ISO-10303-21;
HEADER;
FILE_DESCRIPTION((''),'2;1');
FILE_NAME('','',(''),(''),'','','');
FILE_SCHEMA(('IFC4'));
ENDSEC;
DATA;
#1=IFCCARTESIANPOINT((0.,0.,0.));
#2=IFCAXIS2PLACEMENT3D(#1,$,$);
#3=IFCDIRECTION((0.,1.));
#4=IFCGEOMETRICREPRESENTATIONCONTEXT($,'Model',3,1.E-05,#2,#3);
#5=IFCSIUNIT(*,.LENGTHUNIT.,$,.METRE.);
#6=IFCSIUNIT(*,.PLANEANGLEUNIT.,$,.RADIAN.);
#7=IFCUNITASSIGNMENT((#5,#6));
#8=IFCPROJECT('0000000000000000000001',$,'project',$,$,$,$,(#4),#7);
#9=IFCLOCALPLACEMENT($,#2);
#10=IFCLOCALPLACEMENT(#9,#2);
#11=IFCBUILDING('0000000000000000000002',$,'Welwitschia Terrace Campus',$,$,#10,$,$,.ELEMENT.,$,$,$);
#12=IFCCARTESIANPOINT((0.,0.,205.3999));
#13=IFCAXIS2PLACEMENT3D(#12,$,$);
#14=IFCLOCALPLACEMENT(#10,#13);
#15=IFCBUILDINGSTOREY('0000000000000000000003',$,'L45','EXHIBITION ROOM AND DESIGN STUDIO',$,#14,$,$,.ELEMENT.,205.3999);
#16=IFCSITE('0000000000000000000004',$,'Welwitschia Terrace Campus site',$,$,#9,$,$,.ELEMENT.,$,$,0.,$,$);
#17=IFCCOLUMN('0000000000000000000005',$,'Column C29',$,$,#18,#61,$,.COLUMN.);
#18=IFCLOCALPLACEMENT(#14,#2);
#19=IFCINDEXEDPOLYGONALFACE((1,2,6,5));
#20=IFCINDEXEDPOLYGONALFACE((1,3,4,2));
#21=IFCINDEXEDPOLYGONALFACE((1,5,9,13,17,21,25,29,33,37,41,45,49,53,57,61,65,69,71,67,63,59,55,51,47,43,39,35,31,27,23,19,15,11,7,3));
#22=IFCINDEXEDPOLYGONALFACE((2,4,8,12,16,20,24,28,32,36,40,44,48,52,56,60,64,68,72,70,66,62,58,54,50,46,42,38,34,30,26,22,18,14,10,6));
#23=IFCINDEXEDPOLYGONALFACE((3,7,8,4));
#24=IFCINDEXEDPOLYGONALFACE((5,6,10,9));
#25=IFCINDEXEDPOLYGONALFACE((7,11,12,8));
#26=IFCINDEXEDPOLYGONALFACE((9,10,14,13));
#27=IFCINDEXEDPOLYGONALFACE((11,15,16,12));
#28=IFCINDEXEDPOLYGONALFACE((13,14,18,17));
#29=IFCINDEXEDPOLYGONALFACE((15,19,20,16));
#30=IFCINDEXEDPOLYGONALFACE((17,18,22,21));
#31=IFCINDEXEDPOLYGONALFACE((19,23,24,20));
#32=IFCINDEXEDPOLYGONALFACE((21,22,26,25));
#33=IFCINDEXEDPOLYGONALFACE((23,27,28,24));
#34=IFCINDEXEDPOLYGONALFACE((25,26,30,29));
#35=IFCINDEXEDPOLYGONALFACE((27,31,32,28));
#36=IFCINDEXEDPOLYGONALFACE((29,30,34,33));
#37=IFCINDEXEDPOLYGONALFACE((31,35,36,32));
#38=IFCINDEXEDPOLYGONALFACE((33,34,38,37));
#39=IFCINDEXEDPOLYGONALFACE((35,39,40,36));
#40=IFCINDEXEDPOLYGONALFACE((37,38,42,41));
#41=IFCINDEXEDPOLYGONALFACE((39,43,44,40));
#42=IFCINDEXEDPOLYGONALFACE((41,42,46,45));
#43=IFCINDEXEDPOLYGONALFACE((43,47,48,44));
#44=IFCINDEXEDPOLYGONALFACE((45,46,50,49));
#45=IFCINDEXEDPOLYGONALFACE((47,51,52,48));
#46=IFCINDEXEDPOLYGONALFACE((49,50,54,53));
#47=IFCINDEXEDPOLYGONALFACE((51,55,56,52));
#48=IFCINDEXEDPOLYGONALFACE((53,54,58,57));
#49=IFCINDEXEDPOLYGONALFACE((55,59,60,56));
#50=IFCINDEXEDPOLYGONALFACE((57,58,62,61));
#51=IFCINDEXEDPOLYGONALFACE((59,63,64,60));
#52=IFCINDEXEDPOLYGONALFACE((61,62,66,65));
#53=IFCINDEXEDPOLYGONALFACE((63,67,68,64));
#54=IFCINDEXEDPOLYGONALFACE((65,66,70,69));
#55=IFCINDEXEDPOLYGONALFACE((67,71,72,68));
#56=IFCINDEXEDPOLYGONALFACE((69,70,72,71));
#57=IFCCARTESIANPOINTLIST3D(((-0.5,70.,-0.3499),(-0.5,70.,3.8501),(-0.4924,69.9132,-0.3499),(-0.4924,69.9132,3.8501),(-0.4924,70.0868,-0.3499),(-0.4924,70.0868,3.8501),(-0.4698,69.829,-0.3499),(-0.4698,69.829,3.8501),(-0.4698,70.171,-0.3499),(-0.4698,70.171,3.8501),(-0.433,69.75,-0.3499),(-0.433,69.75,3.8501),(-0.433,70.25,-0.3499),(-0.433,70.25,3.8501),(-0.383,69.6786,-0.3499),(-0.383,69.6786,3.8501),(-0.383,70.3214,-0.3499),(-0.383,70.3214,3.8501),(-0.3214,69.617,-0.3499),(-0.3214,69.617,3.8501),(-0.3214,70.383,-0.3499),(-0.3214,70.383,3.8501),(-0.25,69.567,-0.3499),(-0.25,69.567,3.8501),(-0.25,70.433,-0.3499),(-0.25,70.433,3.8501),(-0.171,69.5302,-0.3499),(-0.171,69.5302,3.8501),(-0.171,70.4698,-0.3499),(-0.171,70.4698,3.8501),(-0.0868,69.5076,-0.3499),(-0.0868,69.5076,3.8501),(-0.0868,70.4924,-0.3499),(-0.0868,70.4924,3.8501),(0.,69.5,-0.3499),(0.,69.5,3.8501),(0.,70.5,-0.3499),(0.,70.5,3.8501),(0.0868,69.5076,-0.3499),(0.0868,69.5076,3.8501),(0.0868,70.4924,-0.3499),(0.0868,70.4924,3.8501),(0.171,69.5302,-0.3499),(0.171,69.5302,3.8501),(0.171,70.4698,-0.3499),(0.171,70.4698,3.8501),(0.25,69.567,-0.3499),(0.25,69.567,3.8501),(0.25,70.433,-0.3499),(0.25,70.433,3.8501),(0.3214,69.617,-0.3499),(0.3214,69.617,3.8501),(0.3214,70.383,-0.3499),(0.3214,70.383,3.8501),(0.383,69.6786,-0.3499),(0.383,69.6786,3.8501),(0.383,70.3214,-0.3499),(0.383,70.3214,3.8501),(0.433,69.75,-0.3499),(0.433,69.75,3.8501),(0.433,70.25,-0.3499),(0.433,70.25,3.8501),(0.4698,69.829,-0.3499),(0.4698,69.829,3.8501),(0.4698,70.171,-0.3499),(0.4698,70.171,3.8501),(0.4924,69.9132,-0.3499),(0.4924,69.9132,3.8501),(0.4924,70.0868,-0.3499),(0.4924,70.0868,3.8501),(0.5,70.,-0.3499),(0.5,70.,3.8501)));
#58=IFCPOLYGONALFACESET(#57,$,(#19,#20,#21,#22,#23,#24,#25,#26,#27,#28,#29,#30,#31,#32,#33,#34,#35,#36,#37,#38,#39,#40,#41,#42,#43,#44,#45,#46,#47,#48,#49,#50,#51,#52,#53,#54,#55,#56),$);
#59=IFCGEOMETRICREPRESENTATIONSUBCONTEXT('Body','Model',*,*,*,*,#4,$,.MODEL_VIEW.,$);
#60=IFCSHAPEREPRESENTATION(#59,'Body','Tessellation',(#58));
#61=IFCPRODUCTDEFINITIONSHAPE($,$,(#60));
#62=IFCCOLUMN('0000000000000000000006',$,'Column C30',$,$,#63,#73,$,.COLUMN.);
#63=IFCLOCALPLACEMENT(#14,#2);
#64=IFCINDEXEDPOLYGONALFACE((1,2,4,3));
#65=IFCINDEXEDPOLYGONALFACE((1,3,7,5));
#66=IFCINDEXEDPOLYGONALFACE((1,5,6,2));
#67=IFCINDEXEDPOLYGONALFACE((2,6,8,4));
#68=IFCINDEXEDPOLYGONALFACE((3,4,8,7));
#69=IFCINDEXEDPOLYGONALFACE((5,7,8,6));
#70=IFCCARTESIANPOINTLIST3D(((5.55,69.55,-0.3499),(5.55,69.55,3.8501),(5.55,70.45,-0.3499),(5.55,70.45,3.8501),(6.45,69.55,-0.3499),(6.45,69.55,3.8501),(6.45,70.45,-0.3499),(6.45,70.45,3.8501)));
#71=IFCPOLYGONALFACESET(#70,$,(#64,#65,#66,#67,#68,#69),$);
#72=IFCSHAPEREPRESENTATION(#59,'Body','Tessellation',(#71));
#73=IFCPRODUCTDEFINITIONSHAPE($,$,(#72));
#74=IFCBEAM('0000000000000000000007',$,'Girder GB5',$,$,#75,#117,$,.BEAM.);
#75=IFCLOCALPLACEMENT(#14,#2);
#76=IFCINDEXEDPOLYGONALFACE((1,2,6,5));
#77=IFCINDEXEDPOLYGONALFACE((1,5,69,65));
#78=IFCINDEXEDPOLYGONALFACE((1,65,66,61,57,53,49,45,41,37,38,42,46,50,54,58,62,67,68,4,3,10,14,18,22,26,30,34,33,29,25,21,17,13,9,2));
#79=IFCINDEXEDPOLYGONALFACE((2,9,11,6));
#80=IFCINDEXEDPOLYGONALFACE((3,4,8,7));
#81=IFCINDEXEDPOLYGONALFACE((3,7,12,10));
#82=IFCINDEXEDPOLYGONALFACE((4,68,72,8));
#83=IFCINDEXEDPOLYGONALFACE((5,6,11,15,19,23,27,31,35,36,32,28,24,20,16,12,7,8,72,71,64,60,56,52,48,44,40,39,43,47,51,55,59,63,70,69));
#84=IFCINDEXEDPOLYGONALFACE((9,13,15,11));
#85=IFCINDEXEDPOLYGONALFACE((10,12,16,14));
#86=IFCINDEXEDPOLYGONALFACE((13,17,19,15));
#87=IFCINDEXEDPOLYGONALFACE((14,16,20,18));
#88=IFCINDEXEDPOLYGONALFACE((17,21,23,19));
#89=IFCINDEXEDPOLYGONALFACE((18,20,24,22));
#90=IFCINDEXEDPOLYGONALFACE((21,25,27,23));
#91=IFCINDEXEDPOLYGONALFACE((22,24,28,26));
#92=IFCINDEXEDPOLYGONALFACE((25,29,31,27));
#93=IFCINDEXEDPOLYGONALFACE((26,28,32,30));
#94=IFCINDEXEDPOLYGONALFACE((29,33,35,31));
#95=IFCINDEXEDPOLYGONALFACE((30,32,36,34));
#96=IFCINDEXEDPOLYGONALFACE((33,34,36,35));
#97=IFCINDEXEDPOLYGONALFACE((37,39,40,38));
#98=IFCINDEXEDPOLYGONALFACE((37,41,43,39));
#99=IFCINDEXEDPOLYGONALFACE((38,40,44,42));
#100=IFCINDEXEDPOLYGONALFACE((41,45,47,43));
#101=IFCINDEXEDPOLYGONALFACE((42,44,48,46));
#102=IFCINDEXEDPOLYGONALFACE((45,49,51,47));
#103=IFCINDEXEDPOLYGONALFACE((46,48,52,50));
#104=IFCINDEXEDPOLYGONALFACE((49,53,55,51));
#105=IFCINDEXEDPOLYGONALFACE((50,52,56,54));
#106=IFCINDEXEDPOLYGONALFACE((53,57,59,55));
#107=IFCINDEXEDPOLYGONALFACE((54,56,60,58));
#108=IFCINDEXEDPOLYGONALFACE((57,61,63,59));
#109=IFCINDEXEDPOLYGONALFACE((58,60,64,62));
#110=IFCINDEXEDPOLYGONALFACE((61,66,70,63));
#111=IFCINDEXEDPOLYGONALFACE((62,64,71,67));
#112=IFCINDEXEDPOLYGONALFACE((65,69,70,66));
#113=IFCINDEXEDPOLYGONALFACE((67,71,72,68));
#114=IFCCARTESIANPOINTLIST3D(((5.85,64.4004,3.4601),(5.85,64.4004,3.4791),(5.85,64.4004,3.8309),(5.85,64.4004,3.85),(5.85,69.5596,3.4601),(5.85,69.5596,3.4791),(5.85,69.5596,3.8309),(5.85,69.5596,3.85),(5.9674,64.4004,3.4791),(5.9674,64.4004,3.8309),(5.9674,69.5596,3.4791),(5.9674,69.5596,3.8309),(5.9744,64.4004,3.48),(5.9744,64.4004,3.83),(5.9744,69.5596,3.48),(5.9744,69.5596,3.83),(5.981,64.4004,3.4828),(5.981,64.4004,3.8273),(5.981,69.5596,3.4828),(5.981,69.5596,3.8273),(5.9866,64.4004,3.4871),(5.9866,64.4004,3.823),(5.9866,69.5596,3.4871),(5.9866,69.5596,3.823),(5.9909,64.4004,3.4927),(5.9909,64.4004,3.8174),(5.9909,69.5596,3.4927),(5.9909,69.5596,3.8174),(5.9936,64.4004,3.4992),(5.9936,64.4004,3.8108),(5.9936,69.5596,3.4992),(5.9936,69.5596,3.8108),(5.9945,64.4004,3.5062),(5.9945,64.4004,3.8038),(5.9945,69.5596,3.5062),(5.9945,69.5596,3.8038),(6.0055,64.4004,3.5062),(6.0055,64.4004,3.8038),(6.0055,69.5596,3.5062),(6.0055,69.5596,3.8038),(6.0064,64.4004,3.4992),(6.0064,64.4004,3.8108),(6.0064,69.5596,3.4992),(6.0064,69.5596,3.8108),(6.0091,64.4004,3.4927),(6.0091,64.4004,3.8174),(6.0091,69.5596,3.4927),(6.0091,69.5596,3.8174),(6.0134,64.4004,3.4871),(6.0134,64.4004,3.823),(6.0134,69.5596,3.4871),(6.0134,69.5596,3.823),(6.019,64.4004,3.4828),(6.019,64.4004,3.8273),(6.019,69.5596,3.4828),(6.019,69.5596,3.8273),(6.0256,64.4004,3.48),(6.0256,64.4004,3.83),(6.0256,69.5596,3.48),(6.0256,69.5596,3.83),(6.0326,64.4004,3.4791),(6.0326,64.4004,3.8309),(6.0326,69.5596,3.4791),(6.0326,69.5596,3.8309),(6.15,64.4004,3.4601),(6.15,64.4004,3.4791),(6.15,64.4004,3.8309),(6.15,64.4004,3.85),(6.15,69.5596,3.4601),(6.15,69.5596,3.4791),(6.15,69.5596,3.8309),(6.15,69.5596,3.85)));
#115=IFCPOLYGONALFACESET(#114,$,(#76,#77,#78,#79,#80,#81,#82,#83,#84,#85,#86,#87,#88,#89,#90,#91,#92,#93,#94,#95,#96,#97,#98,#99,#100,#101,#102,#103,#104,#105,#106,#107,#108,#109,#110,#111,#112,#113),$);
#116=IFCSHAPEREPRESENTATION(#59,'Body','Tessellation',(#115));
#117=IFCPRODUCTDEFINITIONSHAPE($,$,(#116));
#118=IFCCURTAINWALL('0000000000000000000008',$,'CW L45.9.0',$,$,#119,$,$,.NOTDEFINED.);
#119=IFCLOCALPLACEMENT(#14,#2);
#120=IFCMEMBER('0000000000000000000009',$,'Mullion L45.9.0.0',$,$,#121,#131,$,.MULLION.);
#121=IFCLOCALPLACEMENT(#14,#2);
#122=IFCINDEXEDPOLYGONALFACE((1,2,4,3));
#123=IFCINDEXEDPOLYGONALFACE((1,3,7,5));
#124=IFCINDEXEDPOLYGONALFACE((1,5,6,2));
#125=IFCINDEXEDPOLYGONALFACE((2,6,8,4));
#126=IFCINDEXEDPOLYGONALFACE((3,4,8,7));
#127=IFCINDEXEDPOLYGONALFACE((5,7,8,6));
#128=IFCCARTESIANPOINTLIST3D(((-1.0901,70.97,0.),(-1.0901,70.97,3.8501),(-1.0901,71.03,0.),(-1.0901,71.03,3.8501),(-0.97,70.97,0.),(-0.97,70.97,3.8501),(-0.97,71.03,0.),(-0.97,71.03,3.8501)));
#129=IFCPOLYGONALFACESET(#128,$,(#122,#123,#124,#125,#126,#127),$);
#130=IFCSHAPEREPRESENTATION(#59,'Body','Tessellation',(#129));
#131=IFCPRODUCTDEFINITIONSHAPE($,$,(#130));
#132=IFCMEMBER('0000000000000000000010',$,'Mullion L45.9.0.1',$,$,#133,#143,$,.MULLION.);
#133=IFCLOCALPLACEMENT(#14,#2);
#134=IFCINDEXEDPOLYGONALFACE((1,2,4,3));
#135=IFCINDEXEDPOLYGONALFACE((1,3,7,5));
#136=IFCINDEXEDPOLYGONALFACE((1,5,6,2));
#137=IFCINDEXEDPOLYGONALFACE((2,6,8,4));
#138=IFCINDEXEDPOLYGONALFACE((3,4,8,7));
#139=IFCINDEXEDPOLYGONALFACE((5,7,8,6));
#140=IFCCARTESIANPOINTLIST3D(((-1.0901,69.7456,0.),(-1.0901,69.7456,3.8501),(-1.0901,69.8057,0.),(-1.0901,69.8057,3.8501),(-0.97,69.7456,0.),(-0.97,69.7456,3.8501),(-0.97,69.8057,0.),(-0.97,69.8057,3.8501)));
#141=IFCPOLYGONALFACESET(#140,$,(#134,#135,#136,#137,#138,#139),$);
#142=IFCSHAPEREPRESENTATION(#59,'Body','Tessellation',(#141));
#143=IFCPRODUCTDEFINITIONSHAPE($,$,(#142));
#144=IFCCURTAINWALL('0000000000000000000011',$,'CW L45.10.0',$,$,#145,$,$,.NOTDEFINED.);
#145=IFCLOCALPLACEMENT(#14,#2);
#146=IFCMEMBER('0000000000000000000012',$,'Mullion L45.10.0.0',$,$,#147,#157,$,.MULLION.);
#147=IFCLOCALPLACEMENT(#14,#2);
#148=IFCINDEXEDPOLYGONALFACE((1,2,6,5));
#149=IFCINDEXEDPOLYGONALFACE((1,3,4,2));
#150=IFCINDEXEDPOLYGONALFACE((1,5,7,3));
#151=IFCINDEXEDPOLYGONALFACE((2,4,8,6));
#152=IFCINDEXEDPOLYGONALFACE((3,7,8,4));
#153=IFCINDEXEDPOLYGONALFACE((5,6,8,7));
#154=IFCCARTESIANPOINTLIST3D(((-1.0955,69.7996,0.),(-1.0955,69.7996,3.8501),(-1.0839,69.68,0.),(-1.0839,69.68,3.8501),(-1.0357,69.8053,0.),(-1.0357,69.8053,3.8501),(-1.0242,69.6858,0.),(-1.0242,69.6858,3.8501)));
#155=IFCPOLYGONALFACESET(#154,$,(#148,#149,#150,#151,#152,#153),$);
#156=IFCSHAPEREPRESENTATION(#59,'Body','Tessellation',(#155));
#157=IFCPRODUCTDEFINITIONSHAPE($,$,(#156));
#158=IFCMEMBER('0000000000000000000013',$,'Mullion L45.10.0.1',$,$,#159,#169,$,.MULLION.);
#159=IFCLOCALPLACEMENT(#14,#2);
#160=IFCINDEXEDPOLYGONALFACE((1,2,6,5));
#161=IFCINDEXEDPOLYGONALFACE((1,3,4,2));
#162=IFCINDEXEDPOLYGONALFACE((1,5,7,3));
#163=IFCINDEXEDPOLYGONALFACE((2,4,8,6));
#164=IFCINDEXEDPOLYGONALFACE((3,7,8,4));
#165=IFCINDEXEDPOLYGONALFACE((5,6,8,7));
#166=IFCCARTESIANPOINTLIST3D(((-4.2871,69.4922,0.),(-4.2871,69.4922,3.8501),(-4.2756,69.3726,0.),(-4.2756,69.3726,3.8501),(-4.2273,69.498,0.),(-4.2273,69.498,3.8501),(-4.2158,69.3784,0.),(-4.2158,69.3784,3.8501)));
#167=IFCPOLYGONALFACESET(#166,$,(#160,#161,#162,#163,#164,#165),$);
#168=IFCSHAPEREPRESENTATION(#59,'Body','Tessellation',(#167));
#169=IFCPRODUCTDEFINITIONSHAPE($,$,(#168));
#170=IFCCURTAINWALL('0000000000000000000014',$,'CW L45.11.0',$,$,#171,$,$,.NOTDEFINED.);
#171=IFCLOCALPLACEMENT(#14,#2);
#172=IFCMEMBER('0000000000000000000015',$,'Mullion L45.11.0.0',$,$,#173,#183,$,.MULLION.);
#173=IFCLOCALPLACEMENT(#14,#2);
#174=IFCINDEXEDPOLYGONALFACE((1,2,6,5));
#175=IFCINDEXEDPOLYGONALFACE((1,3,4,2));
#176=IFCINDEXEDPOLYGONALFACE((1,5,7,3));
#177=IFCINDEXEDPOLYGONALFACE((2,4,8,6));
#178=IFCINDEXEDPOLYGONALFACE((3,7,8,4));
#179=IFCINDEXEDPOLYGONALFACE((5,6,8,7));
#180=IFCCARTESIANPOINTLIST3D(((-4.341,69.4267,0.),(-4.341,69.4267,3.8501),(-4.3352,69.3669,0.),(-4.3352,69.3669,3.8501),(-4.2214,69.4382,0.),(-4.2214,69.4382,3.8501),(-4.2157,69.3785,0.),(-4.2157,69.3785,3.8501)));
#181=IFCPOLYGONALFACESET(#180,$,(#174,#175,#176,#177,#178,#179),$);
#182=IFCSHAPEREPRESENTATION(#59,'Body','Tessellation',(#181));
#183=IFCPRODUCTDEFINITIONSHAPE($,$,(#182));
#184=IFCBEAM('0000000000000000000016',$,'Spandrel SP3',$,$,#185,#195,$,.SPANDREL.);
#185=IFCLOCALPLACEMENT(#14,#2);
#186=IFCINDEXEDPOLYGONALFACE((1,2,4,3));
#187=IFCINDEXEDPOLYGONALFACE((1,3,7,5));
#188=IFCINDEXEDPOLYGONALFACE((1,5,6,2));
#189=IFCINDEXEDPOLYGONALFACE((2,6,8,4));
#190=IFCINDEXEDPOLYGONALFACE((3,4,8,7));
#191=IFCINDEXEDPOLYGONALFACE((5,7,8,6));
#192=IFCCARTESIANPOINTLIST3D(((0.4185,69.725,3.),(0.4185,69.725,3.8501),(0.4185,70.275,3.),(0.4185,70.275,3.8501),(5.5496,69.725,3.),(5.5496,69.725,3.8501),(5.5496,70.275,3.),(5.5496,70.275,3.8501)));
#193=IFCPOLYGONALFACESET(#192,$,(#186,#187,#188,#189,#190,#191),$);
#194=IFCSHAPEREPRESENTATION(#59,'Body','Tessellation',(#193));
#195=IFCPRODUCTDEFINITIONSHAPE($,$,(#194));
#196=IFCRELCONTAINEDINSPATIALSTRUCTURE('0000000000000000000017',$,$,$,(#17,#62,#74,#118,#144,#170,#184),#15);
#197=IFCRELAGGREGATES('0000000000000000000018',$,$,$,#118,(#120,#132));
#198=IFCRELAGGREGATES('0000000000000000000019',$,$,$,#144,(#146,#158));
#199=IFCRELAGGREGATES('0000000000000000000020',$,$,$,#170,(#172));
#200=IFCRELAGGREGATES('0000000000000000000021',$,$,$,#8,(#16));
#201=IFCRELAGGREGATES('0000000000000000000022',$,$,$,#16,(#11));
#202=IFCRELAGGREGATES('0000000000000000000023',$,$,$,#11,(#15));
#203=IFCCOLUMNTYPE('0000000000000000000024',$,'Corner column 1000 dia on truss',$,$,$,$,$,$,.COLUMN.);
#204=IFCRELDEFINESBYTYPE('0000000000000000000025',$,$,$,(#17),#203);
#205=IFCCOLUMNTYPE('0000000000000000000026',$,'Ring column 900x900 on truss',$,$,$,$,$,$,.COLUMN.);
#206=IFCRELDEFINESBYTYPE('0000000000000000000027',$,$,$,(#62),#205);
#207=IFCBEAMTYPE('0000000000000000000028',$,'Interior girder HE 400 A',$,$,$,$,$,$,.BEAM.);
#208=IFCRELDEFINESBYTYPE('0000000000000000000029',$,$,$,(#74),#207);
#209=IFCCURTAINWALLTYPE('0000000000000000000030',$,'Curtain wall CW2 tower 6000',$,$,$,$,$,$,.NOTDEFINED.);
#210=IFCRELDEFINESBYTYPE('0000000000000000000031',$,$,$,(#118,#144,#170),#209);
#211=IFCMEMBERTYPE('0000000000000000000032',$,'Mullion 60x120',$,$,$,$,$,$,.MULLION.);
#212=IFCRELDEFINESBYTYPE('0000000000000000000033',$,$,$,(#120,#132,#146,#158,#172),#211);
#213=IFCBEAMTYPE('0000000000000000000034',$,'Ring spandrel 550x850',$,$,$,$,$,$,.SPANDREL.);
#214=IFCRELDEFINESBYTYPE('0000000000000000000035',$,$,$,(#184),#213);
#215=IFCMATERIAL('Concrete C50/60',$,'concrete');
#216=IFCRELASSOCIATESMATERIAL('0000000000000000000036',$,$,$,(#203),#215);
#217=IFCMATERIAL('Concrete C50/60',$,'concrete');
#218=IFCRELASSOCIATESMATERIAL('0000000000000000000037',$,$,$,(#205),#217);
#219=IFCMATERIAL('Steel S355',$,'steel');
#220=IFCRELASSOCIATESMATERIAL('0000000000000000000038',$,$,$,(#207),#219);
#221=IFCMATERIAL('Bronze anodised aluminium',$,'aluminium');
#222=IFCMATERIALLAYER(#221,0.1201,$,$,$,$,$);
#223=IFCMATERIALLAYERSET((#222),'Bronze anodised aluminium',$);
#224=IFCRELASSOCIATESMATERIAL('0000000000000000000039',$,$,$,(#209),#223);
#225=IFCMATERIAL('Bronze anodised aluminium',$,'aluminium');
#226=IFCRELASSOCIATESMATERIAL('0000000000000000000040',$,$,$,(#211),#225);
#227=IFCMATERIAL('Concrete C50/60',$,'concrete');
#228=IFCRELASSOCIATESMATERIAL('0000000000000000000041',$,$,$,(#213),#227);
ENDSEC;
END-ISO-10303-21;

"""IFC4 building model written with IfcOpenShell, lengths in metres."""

from ifc_helpers import new_model, si_unit, direction, frame, origin, origin_2d, place, context, subcontext, project, spatial, rectangle, circle, i_section, extrude, material, layer, layer_set, material_profile, profile_set, type_object, element, aggregate, save


model = new_model("IFC4")

# Units and contexts
model_context = context("Model", 3, precision=1e-05, world=origin(), true_north=direction((0.0, 1.0)))
body_context = subcontext(model_context, "Body", "Model", "MODEL_VIEW")
ifc_project = project(units=[si_unit("LENGTHUNIT", "METRE"), si_unit("PLANEANGLEUNIT", "RADIAN")], contexts=[model_context])

# Site, building, storey
site_placement = place(None, origin())
site = spatial("IfcSite", under=ifc_project, at=site_placement, Name="Welwitschia Terrace Campus site", CompositionType="ELEMENT", RefElevation=0.0)
building_placement = place(site_placement, origin())
building = spatial("IfcBuilding", under=site, at=building_placement, Name="Welwitschia Terrace Campus", CompositionType="ELEMENT")
storey_placement = place(building_placement, frame((0.0, 0.0, 205.3999)))
storey = spatial("IfcBuildingStorey", under=building, at=storey_placement, Name="L45", Description="EXHIBITION ROOM AND DESIGN STUDIO", CompositionType="ELEMENT", Elevation=205.3999)

# Columns
ifc_material_1 = material(Name="Concrete C50/60", Category="concrete")
ifc_material_profile_1 = material_profile(ifc_material_1, circle(Radius=0.5, at=origin_2d()))
ifc_profile_set_1 = profile_set([ifc_material_profile_1], Name="Concrete C50/60")
column_type_1 = type_object("IfcColumnType", Name="Corner column 1000 dia on truss", PredefinedType="COLUMN", material=ifc_profile_set_1)
column_1_placement = place(storey_placement, frame((0.0, 70.0, -0.3499), z_axis=(0.0, 0.0, 1.0), x_axis=(1.0, 0.0, 0.0)))
element("IfcColumn", 1, at=column_1_placement, inside=storey, type_object=column_type_1, Name="Column C29", PredefinedType="COLUMN", context=body_context, shape_type="SweptSolid", body=[
    extrude(circle(Radius=0.5, at=origin_2d()), origin(), (0.0, 0.0, 1.0), 4.2),
])
ifc_material_2 = material(Name="Concrete C50/60", Category="concrete")
ifc_material_profile_2 = material_profile(ifc_material_2, rectangle(XDim=0.8999, YDim=0.8999, at=origin_2d()))
ifc_profile_set_2 = profile_set([ifc_material_profile_2], Name="Concrete C50/60")
column_type_2 = type_object("IfcColumnType", Name="Ring column 900x900 on truss", PredefinedType="COLUMN", material=ifc_profile_set_2)
column_2_placement = place(storey_placement, frame((6.0, 70.0, -0.3499), z_axis=(0.0, 0.0, 1.0), x_axis=(1.0, 0.0, 0.0)))
element("IfcColumn", 2, at=column_2_placement, inside=storey, type_object=column_type_2, Name="Column C30", PredefinedType="COLUMN", context=body_context, shape_type="SweptSolid", body=[
    extrude(rectangle(XDim=0.8999, YDim=0.8999, at=origin_2d()), origin(), (0.0, 0.0, 1.0), 4.2),
])

# Beam
ifc_material_3 = material(Name="Steel S355", Category="steel")
ifc_material_profile_3 = material_profile(ifc_material_3, i_section(OverallWidth=0.3, OverallDepth=0.3899, WebThickness=0.011, FlangeThickness=0.019, FilletRadius=0.0271, at=origin_2d()))
ifc_profile_set_3 = profile_set([ifc_material_profile_3], Name="Steel S355")
beam_type_1 = type_object("IfcBeamType", Name="Interior girder HE 400 A", PredefinedType="BEAM", material=ifc_profile_set_3)
beam_placement = place(storey_placement, frame((6.0, 64.4004, 3.655), z_axis=(0.0, 1.0, 0.0), x_axis=(-1.0, 0.0, 0.0)))
element("IfcBeam", 3, at=beam_placement, inside=storey, type_object=beam_type_1, Name="Girder GB5", PredefinedType="BEAM", context=body_context, shape_type="SweptSolid", body=[
    extrude(i_section(OverallWidth=0.3, OverallDepth=0.3899, WebThickness=0.011, FlangeThickness=0.019, FilletRadius=0.0271, at=origin_2d()), origin(), (0.0, 0.0, 1.0), 5.1592),
])

# Curtain walls, members
ifc_material_4 = material(Name="Bronze anodised aluminium", Category="aluminium")
ifc_layer_1 = layer(ifc_material_4, 0.1201)
ifc_layer_set_1 = layer_set([ifc_layer_1], Name="Bronze anodised aluminium")
curtain_wall_type = type_object("IfcCurtainWallType", Name="Curtain wall CW2 tower 6000", PredefinedType="NOTDEFINED", material=ifc_layer_set_1)
curtain_wall_1_placement = place(storey_placement, origin())
curtain_wall_1 = element("IfcCurtainWall", 4, at=curtain_wall_1_placement, inside=storey, type_object=curtain_wall_type, Name="CW L45.9.0", PredefinedType="NOTDEFINED")
ifc_material_5 = material(Name="Bronze anodised aluminium", Category="aluminium")
ifc_material_profile_4 = material_profile(ifc_material_5, rectangle(XDim=0.1201, YDim=0.0601, at=origin_2d()))
ifc_profile_set_4 = profile_set([ifc_material_profile_4], Name="Bronze anodised aluminium")
member_type_1 = type_object("IfcMemberType", Name="Mullion 60x120", PredefinedType="MULLION", material=ifc_profile_set_4)
member_1_placement = place(storey_placement, frame((-1.03, 71.0, 0.0), z_axis=(0.0, 0.0, 1.0), x_axis=(1.0, 0.0, 0.0)))
member_1 = element("IfcMember", 5, at=member_1_placement, type_object=member_type_1, Name="Mullion L45.9.0.0", PredefinedType="MULLION", context=body_context, shape_type="SweptSolid", body=[
    extrude(rectangle(XDim=0.1201, YDim=0.0601, at=origin_2d()), origin(), (0.0, 0.0, 1.0), 3.8501),
])
member_2_placement = place(storey_placement, frame((-1.03, 69.7756, 0.0), z_axis=(0.0, 0.0, 1.0), x_axis=(1.0, 0.0, 0.0)))
member_2 = element("IfcMember", 6, at=member_2_placement, type_object=member_type_1, Name="Mullion L45.9.0.1", PredefinedType="MULLION", context=body_context, shape_type="SweptSolid", body=[
    extrude(rectangle(XDim=0.1201, YDim=0.0601, at=origin_2d()), origin(), (0.0, 0.0, 1.0), 3.8501),
])
curtain_wall_2_placement = place(storey_placement, origin())
curtain_wall_2 = element("IfcCurtainWall", 7, at=curtain_wall_2_placement, inside=storey, type_object=curtain_wall_type, Name="CW L45.10.0", PredefinedType="NOTDEFINED")
member_3_placement = place(storey_placement, frame((-1.0598, 69.7427, 0.0), z_axis=(0.0, 0.0, 1.0), x_axis=(0.095846, -0.995396, 0.0)))
member_3 = element("IfcMember", 8, at=member_3_placement, type_object=member_type_1, Name="Mullion L45.10.0.0", PredefinedType="MULLION", context=body_context, shape_type="SweptSolid", body=[
    extrude(rectangle(XDim=0.1201, YDim=0.0601, at=origin_2d()), origin(), (0.0, 0.0, 1.0), 3.8501),
])
member_4_placement = place(storey_placement, frame((-4.2515, 69.4353, 0.0), z_axis=(0.0, 0.0, 1.0), x_axis=(0.095846, -0.995396, 0.0)))
member_4 = element("IfcMember", 9, at=member_4_placement, type_object=member_type_1, Name="Mullion L45.10.0.1", PredefinedType="MULLION", context=body_context, shape_type="SweptSolid", body=[
    extrude(rectangle(XDim=0.1201, YDim=0.0601, at=origin_2d()), origin(), (0.0, 0.0, 1.0), 3.8501),
])

# Curtain wall, member
curtain_wall_3_placement = place(storey_placement, origin())
curtain_wall_3 = element("IfcCurtainWall", 10, at=curtain_wall_3_placement, inside=storey, type_object=curtain_wall_type, Name="CW L45.11.0", PredefinedType="NOTDEFINED")
member_5_placement = place(storey_placement, frame((-4.2783, 69.4026, 0.0), z_axis=(0.0, 0.0, 1.0), x_axis=(0.995396, 0.095846, 0.0)))
member_5 = element("IfcMember", 11, at=member_5_placement, type_object=member_type_1, Name="Mullion L45.11.0.0", PredefinedType="MULLION", context=body_context, shape_type="SweptSolid", body=[
    extrude(rectangle(XDim=0.1201, YDim=0.0601, at=origin_2d()), origin(), (0.0, 0.0, 1.0), 3.8501),
])

# Beam
ifc_material_6 = material(Name="Concrete C50/60", Category="concrete")
ifc_material_profile_5 = material_profile(ifc_material_6, rectangle(XDim=0.55, YDim=0.8501, at=origin_2d()))
ifc_profile_set_5 = profile_set([ifc_material_profile_5], Name="Concrete C50/60")
beam_type_2 = type_object("IfcBeamType", Name="Ring spandrel 550x850", PredefinedType="SPANDREL", material=ifc_profile_set_5)
for number, where, z_axis, x_axis, name in (
    (12, (5.5496, 70.0, 3.425), (-1.0, 0.0, 0.0), (0.0, -1.0, 0.0), "Spandrel SP3"),
):
    element("IfcBeam", number, at=place(storey_placement, frame(where, z_axis=z_axis, x_axis=x_axis)), inside=storey, type_object=beam_type_2, Name=name, PredefinedType="SPANDREL", context=body_context, shape_type="SweptSolid", body=[
        extrude(rectangle(XDim=0.55, YDim=0.8501, at=origin_2d()), origin(), (0.0, 0.0, 1.0), 5.1311),
    ])

aggregate(curtain_wall_1, [member_1, member_2])
aggregate(curtain_wall_2, [member_3, member_4])
aggregate(curtain_wall_3, [member_5])

save(model, "model.ifc")
